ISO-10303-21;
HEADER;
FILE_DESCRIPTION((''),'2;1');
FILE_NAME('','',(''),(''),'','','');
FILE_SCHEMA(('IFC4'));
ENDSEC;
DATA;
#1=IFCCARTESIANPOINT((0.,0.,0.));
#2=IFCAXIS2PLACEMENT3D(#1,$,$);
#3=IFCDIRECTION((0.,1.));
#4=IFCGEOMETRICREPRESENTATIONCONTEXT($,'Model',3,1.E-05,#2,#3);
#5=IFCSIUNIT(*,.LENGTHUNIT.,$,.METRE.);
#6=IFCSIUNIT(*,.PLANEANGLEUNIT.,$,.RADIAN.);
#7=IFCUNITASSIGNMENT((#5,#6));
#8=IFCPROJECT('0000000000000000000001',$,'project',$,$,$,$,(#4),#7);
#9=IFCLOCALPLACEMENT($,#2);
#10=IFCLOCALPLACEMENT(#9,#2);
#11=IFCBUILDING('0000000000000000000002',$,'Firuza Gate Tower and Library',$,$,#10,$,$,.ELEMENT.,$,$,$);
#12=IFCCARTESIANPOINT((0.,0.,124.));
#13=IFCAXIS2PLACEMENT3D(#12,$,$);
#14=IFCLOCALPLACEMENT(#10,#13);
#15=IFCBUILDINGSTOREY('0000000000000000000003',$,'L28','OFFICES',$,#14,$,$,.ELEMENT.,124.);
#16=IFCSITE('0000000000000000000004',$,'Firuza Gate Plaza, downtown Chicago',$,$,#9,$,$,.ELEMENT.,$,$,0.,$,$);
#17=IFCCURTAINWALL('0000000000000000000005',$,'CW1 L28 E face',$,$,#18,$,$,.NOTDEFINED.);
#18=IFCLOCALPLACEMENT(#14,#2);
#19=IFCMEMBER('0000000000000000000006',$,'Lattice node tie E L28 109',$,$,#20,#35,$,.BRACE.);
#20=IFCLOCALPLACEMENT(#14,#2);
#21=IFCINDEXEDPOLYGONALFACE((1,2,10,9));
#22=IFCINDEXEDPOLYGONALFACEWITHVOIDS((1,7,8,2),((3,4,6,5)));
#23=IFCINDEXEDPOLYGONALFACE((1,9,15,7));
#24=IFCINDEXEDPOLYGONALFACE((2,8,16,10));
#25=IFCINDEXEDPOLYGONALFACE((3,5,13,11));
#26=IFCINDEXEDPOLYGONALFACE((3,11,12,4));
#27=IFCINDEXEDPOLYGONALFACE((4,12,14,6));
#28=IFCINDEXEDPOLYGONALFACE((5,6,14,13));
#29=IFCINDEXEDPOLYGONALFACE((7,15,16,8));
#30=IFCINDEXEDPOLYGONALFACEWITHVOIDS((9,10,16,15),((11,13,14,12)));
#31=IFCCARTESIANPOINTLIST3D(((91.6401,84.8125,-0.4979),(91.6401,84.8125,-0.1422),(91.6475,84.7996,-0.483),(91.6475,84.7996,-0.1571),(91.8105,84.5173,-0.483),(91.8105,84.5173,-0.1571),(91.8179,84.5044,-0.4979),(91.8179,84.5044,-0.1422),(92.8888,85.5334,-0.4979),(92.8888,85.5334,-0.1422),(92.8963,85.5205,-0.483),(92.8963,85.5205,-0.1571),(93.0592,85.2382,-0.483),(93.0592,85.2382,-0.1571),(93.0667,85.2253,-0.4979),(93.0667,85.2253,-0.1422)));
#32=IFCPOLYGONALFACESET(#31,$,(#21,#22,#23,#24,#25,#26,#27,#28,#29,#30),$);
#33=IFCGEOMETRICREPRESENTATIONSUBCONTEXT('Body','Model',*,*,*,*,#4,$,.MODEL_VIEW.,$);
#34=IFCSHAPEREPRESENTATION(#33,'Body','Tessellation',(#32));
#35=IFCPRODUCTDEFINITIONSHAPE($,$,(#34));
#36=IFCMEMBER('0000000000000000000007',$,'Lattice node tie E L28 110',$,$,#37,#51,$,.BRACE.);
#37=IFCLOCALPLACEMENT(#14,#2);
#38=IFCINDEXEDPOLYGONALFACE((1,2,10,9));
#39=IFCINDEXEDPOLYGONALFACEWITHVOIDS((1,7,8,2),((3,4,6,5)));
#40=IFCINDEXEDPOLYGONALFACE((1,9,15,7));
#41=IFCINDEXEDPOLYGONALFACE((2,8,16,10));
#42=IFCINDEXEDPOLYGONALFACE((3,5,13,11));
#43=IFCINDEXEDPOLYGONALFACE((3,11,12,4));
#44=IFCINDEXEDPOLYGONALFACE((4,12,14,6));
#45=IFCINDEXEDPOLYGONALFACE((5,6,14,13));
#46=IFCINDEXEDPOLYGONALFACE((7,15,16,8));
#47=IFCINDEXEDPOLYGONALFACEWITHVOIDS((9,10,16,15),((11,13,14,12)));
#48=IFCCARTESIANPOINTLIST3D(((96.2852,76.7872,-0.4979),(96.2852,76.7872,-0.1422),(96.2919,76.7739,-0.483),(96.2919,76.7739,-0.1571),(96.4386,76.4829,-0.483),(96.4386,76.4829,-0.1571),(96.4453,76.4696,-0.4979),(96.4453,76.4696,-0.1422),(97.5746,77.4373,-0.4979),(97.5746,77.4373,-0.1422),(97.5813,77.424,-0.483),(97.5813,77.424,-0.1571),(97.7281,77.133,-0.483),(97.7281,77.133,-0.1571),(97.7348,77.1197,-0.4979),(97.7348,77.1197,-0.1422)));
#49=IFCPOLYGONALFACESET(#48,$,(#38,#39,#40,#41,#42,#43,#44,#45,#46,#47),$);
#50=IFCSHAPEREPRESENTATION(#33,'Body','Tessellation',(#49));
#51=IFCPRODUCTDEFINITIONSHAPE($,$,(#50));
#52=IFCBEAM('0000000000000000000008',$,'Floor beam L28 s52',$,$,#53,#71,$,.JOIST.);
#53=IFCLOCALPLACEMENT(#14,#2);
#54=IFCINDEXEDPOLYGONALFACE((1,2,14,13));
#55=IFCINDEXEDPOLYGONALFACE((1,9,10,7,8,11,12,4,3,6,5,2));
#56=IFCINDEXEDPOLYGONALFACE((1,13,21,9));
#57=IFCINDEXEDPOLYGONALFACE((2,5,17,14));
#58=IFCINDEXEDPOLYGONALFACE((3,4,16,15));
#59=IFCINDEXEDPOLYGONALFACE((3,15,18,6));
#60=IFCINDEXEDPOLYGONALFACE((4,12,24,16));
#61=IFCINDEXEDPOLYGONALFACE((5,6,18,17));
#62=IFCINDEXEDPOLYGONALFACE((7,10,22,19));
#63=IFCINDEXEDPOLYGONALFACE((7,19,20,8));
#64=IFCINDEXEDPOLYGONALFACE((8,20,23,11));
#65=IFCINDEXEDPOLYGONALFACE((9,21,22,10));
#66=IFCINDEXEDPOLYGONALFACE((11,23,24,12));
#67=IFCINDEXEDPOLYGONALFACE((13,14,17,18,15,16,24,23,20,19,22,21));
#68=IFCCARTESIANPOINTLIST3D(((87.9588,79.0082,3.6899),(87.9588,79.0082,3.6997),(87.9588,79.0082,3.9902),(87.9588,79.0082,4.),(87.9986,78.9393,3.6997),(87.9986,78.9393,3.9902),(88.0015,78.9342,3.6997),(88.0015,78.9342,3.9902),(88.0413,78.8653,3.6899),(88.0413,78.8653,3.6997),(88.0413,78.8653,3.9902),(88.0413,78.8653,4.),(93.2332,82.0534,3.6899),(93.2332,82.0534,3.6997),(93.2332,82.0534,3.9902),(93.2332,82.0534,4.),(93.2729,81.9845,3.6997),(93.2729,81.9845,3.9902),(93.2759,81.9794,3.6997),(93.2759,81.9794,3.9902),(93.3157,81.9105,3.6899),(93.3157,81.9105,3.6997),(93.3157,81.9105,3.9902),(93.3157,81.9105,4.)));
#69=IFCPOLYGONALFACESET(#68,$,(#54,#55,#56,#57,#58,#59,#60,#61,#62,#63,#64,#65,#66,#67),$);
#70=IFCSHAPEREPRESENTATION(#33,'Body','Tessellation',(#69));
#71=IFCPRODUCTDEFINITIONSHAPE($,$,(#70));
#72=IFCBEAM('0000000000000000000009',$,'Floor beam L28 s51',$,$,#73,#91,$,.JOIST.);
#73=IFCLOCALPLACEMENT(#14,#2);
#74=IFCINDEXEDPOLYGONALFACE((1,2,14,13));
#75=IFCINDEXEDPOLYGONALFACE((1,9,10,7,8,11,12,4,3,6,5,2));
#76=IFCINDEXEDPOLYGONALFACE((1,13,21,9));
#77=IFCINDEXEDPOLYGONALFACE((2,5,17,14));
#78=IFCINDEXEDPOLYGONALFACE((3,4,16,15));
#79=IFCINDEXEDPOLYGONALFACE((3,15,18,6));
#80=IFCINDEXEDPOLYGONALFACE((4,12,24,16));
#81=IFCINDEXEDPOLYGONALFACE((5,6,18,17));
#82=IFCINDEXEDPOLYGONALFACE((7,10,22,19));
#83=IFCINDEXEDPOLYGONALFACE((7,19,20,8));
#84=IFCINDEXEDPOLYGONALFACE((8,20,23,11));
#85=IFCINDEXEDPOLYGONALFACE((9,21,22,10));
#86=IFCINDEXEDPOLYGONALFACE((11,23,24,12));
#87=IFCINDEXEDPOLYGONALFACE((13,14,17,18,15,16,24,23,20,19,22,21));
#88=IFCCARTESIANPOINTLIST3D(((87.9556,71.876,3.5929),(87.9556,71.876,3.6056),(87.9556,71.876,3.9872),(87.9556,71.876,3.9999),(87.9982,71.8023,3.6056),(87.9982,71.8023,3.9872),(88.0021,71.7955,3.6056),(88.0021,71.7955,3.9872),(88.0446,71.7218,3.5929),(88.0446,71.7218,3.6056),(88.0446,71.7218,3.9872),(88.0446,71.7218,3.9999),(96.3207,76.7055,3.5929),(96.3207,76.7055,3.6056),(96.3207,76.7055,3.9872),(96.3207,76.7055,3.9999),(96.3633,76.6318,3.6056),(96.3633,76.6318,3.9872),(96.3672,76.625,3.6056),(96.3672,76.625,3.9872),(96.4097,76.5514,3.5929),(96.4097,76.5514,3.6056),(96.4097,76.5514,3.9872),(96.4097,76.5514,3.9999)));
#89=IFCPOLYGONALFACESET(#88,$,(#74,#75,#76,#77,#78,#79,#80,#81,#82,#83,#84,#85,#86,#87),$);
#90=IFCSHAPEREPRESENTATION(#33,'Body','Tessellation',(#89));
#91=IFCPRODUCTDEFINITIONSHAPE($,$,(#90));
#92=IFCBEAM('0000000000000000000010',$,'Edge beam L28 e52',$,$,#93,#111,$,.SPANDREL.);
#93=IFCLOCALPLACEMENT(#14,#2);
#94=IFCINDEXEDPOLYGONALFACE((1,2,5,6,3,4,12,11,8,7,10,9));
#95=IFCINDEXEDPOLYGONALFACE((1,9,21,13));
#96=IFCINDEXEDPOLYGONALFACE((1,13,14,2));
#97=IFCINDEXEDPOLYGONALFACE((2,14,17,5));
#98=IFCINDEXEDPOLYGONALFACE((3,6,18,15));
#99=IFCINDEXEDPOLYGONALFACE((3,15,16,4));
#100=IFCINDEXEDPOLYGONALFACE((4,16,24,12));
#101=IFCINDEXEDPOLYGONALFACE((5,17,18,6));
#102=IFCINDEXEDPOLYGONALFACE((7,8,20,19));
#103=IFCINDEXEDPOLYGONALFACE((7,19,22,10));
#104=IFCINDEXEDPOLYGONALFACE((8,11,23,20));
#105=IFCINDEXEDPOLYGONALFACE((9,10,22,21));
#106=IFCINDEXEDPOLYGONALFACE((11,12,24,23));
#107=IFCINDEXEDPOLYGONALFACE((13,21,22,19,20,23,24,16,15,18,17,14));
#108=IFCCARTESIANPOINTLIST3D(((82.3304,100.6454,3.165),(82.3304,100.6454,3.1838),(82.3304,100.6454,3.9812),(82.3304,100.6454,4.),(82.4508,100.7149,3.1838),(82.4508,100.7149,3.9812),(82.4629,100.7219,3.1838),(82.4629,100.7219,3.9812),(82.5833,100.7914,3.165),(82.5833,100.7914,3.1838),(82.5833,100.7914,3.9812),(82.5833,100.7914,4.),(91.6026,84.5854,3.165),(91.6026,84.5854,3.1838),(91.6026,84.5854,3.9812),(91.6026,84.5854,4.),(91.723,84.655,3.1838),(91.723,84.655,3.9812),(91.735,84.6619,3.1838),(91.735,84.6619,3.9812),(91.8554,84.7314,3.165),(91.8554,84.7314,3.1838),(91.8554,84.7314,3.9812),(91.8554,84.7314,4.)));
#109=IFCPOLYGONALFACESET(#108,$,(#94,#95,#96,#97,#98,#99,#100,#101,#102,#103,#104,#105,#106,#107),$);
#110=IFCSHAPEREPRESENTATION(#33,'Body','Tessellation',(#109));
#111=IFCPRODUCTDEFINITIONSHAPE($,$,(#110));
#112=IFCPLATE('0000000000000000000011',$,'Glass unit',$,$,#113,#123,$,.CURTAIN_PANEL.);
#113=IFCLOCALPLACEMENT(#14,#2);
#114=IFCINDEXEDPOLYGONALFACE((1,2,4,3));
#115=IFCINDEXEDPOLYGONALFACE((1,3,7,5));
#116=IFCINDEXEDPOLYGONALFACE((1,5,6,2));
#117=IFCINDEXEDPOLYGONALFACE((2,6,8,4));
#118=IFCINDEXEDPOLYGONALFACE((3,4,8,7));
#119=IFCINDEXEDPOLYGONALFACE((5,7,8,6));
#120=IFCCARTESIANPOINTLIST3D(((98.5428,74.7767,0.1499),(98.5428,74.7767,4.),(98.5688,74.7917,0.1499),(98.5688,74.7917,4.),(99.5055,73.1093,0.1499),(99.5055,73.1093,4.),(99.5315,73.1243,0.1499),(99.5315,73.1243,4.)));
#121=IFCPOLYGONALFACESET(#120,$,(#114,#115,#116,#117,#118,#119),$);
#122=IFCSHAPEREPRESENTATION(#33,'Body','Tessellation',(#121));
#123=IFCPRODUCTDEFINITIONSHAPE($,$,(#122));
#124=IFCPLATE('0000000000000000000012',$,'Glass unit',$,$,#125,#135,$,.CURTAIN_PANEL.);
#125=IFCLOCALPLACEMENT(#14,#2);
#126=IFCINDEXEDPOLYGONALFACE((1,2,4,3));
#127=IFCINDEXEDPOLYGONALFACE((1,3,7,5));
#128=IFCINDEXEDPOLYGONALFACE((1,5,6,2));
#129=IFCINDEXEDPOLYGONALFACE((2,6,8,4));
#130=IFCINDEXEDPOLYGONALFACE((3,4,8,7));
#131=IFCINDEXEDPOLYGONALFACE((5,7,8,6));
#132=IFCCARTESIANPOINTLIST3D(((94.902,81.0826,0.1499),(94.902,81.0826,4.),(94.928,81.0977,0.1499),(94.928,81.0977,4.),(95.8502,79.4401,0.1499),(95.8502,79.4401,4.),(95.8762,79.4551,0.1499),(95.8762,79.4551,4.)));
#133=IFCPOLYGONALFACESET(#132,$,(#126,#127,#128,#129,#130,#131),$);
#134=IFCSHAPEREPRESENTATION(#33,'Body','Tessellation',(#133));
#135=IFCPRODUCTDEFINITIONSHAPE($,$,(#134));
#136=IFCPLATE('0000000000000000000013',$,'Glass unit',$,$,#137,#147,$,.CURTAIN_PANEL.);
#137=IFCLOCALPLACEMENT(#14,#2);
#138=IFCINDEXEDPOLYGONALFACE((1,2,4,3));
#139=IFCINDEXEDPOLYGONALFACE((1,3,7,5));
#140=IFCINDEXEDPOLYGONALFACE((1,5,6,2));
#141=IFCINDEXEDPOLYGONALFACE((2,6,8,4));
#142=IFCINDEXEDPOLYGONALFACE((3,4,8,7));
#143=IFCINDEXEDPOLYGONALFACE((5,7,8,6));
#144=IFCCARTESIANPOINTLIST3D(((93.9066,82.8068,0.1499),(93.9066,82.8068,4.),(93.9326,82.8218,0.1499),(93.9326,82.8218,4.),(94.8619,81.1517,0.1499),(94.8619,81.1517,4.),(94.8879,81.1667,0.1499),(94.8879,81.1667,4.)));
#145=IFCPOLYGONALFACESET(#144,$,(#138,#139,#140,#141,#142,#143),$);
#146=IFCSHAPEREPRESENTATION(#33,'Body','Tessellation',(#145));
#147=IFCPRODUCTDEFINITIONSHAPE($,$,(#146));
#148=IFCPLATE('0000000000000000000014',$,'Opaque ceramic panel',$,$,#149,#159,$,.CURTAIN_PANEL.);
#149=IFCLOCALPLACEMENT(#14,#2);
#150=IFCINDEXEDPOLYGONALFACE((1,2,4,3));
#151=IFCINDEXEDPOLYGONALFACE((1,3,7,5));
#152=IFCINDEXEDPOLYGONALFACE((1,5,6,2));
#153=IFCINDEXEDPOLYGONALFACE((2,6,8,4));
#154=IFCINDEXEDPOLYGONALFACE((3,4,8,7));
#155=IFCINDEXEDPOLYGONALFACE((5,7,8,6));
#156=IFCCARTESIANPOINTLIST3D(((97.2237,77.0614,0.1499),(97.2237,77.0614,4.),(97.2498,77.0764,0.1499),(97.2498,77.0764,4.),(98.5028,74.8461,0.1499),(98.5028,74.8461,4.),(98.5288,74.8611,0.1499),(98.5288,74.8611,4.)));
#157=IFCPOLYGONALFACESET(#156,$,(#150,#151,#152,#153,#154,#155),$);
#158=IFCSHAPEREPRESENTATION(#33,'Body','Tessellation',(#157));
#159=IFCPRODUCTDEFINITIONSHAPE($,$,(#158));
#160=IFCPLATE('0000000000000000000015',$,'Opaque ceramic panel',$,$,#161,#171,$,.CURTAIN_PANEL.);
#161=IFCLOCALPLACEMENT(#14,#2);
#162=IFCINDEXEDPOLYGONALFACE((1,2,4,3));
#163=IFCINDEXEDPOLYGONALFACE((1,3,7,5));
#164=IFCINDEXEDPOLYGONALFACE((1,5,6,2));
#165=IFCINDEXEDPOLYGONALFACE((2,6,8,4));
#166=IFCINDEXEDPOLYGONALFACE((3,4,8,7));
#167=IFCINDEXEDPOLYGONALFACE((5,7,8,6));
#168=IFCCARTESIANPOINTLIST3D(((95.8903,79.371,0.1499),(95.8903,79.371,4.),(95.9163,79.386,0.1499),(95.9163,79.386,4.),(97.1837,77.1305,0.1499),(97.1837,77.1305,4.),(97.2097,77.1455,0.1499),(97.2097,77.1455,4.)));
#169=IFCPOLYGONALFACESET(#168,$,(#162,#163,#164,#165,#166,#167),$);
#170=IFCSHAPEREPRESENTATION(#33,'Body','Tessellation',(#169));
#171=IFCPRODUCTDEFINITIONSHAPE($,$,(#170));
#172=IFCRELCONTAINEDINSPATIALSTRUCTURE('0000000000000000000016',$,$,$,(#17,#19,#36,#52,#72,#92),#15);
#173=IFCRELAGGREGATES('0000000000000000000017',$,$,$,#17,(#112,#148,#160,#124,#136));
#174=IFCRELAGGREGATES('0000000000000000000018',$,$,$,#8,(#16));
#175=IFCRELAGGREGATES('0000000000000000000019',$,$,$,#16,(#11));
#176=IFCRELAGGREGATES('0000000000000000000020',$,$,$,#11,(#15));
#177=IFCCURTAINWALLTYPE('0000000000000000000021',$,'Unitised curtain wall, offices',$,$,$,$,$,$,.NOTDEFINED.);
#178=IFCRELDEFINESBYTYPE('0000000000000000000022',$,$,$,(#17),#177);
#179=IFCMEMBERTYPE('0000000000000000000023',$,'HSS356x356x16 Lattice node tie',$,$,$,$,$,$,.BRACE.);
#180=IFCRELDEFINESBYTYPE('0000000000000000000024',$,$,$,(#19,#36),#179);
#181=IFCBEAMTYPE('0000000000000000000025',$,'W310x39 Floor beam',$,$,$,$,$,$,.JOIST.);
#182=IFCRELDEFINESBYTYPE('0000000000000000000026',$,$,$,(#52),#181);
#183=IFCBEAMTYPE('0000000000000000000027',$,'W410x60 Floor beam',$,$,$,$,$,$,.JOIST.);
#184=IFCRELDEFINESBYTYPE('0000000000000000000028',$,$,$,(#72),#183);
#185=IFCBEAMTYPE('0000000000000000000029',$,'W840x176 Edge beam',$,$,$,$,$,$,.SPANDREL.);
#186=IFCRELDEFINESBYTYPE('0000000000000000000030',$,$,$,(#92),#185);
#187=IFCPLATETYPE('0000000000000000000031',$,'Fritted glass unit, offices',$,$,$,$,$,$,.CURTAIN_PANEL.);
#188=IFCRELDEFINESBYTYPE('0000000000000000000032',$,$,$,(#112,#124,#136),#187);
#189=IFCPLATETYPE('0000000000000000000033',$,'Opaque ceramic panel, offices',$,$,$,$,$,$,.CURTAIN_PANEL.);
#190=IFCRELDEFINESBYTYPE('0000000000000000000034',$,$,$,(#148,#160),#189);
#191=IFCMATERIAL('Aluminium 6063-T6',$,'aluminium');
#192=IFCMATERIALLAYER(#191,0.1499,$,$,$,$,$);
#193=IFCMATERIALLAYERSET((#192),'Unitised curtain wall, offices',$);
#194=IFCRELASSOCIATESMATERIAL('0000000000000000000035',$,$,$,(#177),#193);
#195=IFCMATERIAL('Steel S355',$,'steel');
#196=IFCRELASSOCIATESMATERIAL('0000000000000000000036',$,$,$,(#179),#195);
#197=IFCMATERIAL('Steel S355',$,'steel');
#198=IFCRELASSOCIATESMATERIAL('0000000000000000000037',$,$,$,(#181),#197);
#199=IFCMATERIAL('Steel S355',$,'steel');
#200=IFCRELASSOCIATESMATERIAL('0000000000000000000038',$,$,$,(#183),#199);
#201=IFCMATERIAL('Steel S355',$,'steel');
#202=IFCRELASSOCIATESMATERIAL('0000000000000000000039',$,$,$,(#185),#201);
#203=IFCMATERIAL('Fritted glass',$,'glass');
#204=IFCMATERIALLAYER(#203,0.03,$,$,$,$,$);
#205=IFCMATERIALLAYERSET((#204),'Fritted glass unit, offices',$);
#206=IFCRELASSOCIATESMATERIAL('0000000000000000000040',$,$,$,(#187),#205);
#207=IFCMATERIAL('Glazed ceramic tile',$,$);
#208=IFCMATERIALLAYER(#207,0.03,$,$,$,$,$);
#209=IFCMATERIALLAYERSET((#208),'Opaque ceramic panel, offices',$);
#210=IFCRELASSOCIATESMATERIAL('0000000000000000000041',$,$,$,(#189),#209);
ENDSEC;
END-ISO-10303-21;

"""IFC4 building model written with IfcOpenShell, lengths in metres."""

from ifc_helpers import new_model, si_unit, direction, frame, origin, origin_2d, place, context, subcontext, project, spatial, polyline, hollow_rectangle, i_section, outline, extrude, material, layer, layer_set, material_profile, profile_set, type_object, element, aggregate, save


model = new_model("IFC4")

# Units and contexts
model_context = context("Model", 3, precision=1e-05, world=origin(), true_north=direction((0.0, 1.0)))
body_context = subcontext(model_context, "Body", "Model", "MODEL_VIEW")
ifc_project = project(units=[si_unit("LENGTHUNIT", "METRE"), si_unit("PLANEANGLEUNIT", "RADIAN")], contexts=[model_context])

# Site, building, storey
site_placement = place(None, origin())
site = spatial("IfcSite", under=ifc_project, at=site_placement, Name="Firuza Gate Plaza, downtown Chicago", CompositionType="ELEMENT", RefElevation=0.0)
building_placement = place(site_placement, origin())
building = spatial("IfcBuilding", under=site, at=building_placement, Name="Firuza Gate Tower and Library", CompositionType="ELEMENT")
storey_placement = place(building_placement, frame((0.0, 0.0, 124.0)))
storey = spatial("IfcBuildingStorey", under=building, at=storey_placement, Name="L28", Description="OFFICES", CompositionType="ELEMENT", Elevation=124.0)

# Curtain wall
ifc_material_1 = material(Name="Aluminium 6063-T6", Category="aluminium")
ifc_layer_1 = layer(ifc_material_1, 0.1499)
ifc_layer_set_1 = layer_set([ifc_layer_1], Name="Unitised curtain wall, offices")
curtain_wall_type = type_object("IfcCurtainWallType", Name="Unitised curtain wall, offices", PredefinedType="NOTDEFINED", material=ifc_layer_set_1)
curtain_wall_placement = place(storey_placement, origin())
curtain_wall = element("IfcCurtainWall", 1, at=curtain_wall_placement, inside=storey, type_object=curtain_wall_type, Name="CW1 L28 E face", PredefinedType="NOTDEFINED")

# Members
ifc_material_2 = material(Name="Steel S355", Category="steel")
ifc_material_profile_1 = material_profile(ifc_material_2, hollow_rectangle(XDim=0.3557, YDim=0.3557, WallThickness=0.0149, at=origin_2d()))
ifc_profile_set_1 = profile_set([ifc_material_profile_1], Name="Steel S355")
member_type_1 = type_object("IfcMemberType", Name="HSS356x356x16 Lattice node tie", PredefinedType="BRACE", material=ifc_profile_set_1)
member_1_placement = place(storey_placement, frame((91.729, 84.6584, -0.3201), z_axis=(0.866036, 0.499981, 0.0), x_axis=(-0.499981, 0.866036, 0.0)))
element("IfcMember", 2, at=member_1_placement, inside=storey, type_object=member_type_1, Name="Lattice node tie E L28 109", PredefinedType="BRACE", context=body_context, shape_type="SweptSolid", body=[
    extrude(hollow_rectangle(XDim=0.3557, YDim=0.3557, WallThickness=0.0149, at=origin_2d()), origin(), (0.0, 0.0, 1.0), 1.4419),
])
member_2_placement = place(storey_placement, frame((96.3652, 76.6284, -0.3201), z_axis=(0.892935, 0.450186, 0.0), x_axis=(-0.450186, 0.892935, 0.0)))
element("IfcMember", 3, at=member_2_placement, inside=storey, type_object=member_type_1, Name="Lattice node tie E L28 110", PredefinedType="BRACE", context=body_context, shape_type="SweptSolid", body=[
    extrude(hollow_rectangle(XDim=0.3557, YDim=0.3557, WallThickness=0.0149, at=origin_2d()), origin(), (0.0, 0.0, 1.0), 1.4441),
])

# Beams
ifc_material_3 = material(Name="Steel S355", Category="steel")
ifc_material_profile_2 = material_profile(ifc_material_3, i_section(OverallWidth=0.165, OverallDepth=0.3101, WebThickness=0.0059, FlangeThickness=0.0098, at=origin_2d()))
ifc_profile_set_2 = profile_set([ifc_material_profile_2], Name="Steel S355")
beam_type_1 = type_object("IfcBeamType", Name="W310x39 Floor beam", PredefinedType="JOIST", material=ifc_profile_set_2)
beam_1_placement = place(storey_placement, frame((93.2744, 81.9819, 3.845), z_axis=(-0.866027, -0.499998, 0.0), x_axis=(0.499998, -0.866027, 0.0)))
element("IfcBeam", 4, at=beam_1_placement, inside=storey, type_object=beam_type_1, Name="Floor beam L28 s52", PredefinedType="JOIST", context=body_context, shape_type="SweptSolid", body=[
    extrude(i_section(OverallWidth=0.165, OverallDepth=0.3101, WebThickness=0.0059, FlangeThickness=0.0098, at=origin_2d()), origin(), (0.0, 0.0, 1.0), 6.0903),
])
ifc_material_4 = material(Name="Steel S355", Category="steel")
ifc_material_profile_3 = material_profile(ifc_material_4, i_section(OverallWidth=0.178, OverallDepth=0.407, WebThickness=0.0078, FlangeThickness=0.0127, at=origin_2d()))
ifc_profile_set_3 = profile_set([ifc_material_profile_3], Name="Steel S355")
beam_type_2 = type_object("IfcBeamType", Name="W410x60 Floor beam", PredefinedType="JOIST", material=ifc_profile_set_3)
beam_2_placement = place(storey_placement, frame((96.3652, 76.6284, 3.7964), z_axis=(-0.866029, -0.499994, 0.0), x_axis=(0.499994, -0.866029, 0.0)))
element("IfcBeam", 5, at=beam_2_placement, inside=storey, type_object=beam_type_2, Name="Floor beam L28 s51", PredefinedType="JOIST", context=body_context, shape_type="SweptSolid", body=[
    extrude(i_section(OverallWidth=0.178, OverallDepth=0.407, WebThickness=0.0078, FlangeThickness=0.0127, at=origin_2d()), origin(), (0.0, 0.0, 1.0), 9.6592),
])
ifc_material_5 = material(Name="Steel S355", Category="steel")
ifc_material_profile_4 = material_profile(ifc_material_5, i_section(OverallWidth=0.292, OverallDepth=0.835, WebThickness=0.0139, FlangeThickness=0.0188, at=origin_2d()))
ifc_profile_set_4 = profile_set([ifc_material_profile_4], Name="Steel S355")
beam_type_3 = type_object("IfcBeamType", Name="W840x176 Edge beam", PredefinedType="SPANDREL", material=ifc_profile_set_4)
beam_3_placement = place(storey_placement, frame((91.729, 84.6584, 3.5825), z_axis=(-0.499997, 0.866027, 0.0), x_axis=(-0.866027, -0.499997, 0.0)))
element("IfcBeam", 6, at=beam_3_placement, inside=storey, type_object=beam_type_3, Name="Edge beam L28 e52", PredefinedType="SPANDREL", context=body_context, shape_type="SweptSolid", body=[
    extrude(i_section(OverallWidth=0.292, OverallDepth=0.835, WebThickness=0.0139, FlangeThickness=0.0188, at=origin_2d()), origin(), (0.0, 0.0, 1.0), 18.5444),
])

# Plates
ifc_material_6 = material(Name="Fritted glass", Category="glass")
ifc_layer_2 = layer(ifc_material_6, 0.03)
ifc_layer_set_2 = layer_set([ifc_layer_2], Name="Fritted glass unit, offices")
plate_type_1 = type_object("IfcPlateType", Name="Fritted glass unit, offices", PredefinedType="CURTAIN_PANEL", material=ifc_layer_set_2)
plate_1_placement = place(storey_placement, frame((99.5315, 73.1243, 0.1499), z_axis=(0.866042, 0.499971, 0.0), x_axis=(-0.499971, 0.866042, 0.0)))
plate_1 = element("IfcPlate", 7, at=plate_1_placement, type_object=plate_type_1, Name="Glass unit", PredefinedType="CURTAIN_PANEL", context=body_context, shape_type="SweptSolid", body=[
    extrude(outline(polyline([(0.0, 0.0), (1.9254, 0.0), (1.9254, 3.8501), (0.0, 3.8501), (0.0, 0.0)])), origin(), (0.0, 0.0, -1.0), 0.03),
])
plate_2_placement = place(storey_placement, frame((95.8762, 79.4551, 0.1499), z_axis=(0.866048, 0.49996, 0.0), x_axis=(-0.49996, 0.866048, 0.0)))
plate_2 = element("IfcPlate", 8, at=plate_2_placement, type_object=plate_type_1, Name="Glass unit", PredefinedType="CURTAIN_PANEL", context=body_context, shape_type="SweptSolid", body=[
    extrude(outline(polyline([(0.0, 0.0), (1.8966, 0.0), (1.8966, 3.8501), (0.0, 3.8501), (0.0, 0.0)])), origin(), (0.0, 0.0, -1.0), 0.03),
])
plate_3_placement = place(storey_placement, frame((94.8879, 81.1667, 0.1499), z_axis=(0.866073, 0.499918, 0.0), x_axis=(-0.499918, 0.866073, 0.0)))
plate_3 = element("IfcPlate", 9, at=plate_3_placement, type_object=plate_type_1, Name="Glass unit", PredefinedType="CURTAIN_PANEL", context=body_context, shape_type="SweptSolid", body=[
    extrude(outline(polyline([(0.0, 0.0), (1.911, 0.0), (1.911, 3.8501), (0.0, 3.8501), (0.0, 0.0)])), origin(), (0.0, 0.0, -1.0), 0.03),
])
ifc_material_7 = material(Name="Glazed ceramic tile")
ifc_layer_3 = layer(ifc_material_7, 0.03)
ifc_layer_set_3 = layer_set([ifc_layer_3], Name="Opaque ceramic panel, offices")
plate_type_2 = type_object("IfcPlateType", Name="Opaque ceramic panel, offices", PredefinedType="CURTAIN_PANEL", material=ifc_layer_set_3)
plate_4_placement = place(storey_placement, frame((98.5288, 74.8611, 0.1499), z_axis=(0.86602, 0.500009, 0.0), x_axis=(-0.500009, 0.86602, 0.0)))
plate_4 = element("IfcPlate", 10, at=plate_4_placement, type_object=plate_type_2, Name="Opaque ceramic panel", PredefinedType="CURTAIN_PANEL", context=body_context, shape_type="SweptSolid", body=[
    extrude(outline(polyline([(0.0, 0.0), (2.5581, 0.0), (2.5581, 3.8501), (0.0, 3.8501), (0.0, 0.0)])), origin(), (0.0, 0.0, -1.0), 0.03),
])
plate_5_placement = place(storey_placement, frame((97.2097, 77.1455, 0.1499), z_axis=(0.866039, 0.499976, 0.0), x_axis=(-0.499976, 0.866039, 0.0)))
plate_5 = element("IfcPlate", 11, at=plate_5_placement, type_object=plate_type_2, Name="Opaque ceramic panel", PredefinedType="CURTAIN_PANEL", context=body_context, shape_type="SweptSolid", body=[
    extrude(outline(polyline([(0.0, 0.0), (2.587, 0.0), (2.587, 3.8501), (0.0, 3.8501), (0.0, 0.0)])), origin(), (0.0, 0.0, -1.0), 0.03),
])
aggregate(curtain_wall, [plate_1, plate_4, plate_5, plate_2, plate_3])

save(model, "model.ifc")
